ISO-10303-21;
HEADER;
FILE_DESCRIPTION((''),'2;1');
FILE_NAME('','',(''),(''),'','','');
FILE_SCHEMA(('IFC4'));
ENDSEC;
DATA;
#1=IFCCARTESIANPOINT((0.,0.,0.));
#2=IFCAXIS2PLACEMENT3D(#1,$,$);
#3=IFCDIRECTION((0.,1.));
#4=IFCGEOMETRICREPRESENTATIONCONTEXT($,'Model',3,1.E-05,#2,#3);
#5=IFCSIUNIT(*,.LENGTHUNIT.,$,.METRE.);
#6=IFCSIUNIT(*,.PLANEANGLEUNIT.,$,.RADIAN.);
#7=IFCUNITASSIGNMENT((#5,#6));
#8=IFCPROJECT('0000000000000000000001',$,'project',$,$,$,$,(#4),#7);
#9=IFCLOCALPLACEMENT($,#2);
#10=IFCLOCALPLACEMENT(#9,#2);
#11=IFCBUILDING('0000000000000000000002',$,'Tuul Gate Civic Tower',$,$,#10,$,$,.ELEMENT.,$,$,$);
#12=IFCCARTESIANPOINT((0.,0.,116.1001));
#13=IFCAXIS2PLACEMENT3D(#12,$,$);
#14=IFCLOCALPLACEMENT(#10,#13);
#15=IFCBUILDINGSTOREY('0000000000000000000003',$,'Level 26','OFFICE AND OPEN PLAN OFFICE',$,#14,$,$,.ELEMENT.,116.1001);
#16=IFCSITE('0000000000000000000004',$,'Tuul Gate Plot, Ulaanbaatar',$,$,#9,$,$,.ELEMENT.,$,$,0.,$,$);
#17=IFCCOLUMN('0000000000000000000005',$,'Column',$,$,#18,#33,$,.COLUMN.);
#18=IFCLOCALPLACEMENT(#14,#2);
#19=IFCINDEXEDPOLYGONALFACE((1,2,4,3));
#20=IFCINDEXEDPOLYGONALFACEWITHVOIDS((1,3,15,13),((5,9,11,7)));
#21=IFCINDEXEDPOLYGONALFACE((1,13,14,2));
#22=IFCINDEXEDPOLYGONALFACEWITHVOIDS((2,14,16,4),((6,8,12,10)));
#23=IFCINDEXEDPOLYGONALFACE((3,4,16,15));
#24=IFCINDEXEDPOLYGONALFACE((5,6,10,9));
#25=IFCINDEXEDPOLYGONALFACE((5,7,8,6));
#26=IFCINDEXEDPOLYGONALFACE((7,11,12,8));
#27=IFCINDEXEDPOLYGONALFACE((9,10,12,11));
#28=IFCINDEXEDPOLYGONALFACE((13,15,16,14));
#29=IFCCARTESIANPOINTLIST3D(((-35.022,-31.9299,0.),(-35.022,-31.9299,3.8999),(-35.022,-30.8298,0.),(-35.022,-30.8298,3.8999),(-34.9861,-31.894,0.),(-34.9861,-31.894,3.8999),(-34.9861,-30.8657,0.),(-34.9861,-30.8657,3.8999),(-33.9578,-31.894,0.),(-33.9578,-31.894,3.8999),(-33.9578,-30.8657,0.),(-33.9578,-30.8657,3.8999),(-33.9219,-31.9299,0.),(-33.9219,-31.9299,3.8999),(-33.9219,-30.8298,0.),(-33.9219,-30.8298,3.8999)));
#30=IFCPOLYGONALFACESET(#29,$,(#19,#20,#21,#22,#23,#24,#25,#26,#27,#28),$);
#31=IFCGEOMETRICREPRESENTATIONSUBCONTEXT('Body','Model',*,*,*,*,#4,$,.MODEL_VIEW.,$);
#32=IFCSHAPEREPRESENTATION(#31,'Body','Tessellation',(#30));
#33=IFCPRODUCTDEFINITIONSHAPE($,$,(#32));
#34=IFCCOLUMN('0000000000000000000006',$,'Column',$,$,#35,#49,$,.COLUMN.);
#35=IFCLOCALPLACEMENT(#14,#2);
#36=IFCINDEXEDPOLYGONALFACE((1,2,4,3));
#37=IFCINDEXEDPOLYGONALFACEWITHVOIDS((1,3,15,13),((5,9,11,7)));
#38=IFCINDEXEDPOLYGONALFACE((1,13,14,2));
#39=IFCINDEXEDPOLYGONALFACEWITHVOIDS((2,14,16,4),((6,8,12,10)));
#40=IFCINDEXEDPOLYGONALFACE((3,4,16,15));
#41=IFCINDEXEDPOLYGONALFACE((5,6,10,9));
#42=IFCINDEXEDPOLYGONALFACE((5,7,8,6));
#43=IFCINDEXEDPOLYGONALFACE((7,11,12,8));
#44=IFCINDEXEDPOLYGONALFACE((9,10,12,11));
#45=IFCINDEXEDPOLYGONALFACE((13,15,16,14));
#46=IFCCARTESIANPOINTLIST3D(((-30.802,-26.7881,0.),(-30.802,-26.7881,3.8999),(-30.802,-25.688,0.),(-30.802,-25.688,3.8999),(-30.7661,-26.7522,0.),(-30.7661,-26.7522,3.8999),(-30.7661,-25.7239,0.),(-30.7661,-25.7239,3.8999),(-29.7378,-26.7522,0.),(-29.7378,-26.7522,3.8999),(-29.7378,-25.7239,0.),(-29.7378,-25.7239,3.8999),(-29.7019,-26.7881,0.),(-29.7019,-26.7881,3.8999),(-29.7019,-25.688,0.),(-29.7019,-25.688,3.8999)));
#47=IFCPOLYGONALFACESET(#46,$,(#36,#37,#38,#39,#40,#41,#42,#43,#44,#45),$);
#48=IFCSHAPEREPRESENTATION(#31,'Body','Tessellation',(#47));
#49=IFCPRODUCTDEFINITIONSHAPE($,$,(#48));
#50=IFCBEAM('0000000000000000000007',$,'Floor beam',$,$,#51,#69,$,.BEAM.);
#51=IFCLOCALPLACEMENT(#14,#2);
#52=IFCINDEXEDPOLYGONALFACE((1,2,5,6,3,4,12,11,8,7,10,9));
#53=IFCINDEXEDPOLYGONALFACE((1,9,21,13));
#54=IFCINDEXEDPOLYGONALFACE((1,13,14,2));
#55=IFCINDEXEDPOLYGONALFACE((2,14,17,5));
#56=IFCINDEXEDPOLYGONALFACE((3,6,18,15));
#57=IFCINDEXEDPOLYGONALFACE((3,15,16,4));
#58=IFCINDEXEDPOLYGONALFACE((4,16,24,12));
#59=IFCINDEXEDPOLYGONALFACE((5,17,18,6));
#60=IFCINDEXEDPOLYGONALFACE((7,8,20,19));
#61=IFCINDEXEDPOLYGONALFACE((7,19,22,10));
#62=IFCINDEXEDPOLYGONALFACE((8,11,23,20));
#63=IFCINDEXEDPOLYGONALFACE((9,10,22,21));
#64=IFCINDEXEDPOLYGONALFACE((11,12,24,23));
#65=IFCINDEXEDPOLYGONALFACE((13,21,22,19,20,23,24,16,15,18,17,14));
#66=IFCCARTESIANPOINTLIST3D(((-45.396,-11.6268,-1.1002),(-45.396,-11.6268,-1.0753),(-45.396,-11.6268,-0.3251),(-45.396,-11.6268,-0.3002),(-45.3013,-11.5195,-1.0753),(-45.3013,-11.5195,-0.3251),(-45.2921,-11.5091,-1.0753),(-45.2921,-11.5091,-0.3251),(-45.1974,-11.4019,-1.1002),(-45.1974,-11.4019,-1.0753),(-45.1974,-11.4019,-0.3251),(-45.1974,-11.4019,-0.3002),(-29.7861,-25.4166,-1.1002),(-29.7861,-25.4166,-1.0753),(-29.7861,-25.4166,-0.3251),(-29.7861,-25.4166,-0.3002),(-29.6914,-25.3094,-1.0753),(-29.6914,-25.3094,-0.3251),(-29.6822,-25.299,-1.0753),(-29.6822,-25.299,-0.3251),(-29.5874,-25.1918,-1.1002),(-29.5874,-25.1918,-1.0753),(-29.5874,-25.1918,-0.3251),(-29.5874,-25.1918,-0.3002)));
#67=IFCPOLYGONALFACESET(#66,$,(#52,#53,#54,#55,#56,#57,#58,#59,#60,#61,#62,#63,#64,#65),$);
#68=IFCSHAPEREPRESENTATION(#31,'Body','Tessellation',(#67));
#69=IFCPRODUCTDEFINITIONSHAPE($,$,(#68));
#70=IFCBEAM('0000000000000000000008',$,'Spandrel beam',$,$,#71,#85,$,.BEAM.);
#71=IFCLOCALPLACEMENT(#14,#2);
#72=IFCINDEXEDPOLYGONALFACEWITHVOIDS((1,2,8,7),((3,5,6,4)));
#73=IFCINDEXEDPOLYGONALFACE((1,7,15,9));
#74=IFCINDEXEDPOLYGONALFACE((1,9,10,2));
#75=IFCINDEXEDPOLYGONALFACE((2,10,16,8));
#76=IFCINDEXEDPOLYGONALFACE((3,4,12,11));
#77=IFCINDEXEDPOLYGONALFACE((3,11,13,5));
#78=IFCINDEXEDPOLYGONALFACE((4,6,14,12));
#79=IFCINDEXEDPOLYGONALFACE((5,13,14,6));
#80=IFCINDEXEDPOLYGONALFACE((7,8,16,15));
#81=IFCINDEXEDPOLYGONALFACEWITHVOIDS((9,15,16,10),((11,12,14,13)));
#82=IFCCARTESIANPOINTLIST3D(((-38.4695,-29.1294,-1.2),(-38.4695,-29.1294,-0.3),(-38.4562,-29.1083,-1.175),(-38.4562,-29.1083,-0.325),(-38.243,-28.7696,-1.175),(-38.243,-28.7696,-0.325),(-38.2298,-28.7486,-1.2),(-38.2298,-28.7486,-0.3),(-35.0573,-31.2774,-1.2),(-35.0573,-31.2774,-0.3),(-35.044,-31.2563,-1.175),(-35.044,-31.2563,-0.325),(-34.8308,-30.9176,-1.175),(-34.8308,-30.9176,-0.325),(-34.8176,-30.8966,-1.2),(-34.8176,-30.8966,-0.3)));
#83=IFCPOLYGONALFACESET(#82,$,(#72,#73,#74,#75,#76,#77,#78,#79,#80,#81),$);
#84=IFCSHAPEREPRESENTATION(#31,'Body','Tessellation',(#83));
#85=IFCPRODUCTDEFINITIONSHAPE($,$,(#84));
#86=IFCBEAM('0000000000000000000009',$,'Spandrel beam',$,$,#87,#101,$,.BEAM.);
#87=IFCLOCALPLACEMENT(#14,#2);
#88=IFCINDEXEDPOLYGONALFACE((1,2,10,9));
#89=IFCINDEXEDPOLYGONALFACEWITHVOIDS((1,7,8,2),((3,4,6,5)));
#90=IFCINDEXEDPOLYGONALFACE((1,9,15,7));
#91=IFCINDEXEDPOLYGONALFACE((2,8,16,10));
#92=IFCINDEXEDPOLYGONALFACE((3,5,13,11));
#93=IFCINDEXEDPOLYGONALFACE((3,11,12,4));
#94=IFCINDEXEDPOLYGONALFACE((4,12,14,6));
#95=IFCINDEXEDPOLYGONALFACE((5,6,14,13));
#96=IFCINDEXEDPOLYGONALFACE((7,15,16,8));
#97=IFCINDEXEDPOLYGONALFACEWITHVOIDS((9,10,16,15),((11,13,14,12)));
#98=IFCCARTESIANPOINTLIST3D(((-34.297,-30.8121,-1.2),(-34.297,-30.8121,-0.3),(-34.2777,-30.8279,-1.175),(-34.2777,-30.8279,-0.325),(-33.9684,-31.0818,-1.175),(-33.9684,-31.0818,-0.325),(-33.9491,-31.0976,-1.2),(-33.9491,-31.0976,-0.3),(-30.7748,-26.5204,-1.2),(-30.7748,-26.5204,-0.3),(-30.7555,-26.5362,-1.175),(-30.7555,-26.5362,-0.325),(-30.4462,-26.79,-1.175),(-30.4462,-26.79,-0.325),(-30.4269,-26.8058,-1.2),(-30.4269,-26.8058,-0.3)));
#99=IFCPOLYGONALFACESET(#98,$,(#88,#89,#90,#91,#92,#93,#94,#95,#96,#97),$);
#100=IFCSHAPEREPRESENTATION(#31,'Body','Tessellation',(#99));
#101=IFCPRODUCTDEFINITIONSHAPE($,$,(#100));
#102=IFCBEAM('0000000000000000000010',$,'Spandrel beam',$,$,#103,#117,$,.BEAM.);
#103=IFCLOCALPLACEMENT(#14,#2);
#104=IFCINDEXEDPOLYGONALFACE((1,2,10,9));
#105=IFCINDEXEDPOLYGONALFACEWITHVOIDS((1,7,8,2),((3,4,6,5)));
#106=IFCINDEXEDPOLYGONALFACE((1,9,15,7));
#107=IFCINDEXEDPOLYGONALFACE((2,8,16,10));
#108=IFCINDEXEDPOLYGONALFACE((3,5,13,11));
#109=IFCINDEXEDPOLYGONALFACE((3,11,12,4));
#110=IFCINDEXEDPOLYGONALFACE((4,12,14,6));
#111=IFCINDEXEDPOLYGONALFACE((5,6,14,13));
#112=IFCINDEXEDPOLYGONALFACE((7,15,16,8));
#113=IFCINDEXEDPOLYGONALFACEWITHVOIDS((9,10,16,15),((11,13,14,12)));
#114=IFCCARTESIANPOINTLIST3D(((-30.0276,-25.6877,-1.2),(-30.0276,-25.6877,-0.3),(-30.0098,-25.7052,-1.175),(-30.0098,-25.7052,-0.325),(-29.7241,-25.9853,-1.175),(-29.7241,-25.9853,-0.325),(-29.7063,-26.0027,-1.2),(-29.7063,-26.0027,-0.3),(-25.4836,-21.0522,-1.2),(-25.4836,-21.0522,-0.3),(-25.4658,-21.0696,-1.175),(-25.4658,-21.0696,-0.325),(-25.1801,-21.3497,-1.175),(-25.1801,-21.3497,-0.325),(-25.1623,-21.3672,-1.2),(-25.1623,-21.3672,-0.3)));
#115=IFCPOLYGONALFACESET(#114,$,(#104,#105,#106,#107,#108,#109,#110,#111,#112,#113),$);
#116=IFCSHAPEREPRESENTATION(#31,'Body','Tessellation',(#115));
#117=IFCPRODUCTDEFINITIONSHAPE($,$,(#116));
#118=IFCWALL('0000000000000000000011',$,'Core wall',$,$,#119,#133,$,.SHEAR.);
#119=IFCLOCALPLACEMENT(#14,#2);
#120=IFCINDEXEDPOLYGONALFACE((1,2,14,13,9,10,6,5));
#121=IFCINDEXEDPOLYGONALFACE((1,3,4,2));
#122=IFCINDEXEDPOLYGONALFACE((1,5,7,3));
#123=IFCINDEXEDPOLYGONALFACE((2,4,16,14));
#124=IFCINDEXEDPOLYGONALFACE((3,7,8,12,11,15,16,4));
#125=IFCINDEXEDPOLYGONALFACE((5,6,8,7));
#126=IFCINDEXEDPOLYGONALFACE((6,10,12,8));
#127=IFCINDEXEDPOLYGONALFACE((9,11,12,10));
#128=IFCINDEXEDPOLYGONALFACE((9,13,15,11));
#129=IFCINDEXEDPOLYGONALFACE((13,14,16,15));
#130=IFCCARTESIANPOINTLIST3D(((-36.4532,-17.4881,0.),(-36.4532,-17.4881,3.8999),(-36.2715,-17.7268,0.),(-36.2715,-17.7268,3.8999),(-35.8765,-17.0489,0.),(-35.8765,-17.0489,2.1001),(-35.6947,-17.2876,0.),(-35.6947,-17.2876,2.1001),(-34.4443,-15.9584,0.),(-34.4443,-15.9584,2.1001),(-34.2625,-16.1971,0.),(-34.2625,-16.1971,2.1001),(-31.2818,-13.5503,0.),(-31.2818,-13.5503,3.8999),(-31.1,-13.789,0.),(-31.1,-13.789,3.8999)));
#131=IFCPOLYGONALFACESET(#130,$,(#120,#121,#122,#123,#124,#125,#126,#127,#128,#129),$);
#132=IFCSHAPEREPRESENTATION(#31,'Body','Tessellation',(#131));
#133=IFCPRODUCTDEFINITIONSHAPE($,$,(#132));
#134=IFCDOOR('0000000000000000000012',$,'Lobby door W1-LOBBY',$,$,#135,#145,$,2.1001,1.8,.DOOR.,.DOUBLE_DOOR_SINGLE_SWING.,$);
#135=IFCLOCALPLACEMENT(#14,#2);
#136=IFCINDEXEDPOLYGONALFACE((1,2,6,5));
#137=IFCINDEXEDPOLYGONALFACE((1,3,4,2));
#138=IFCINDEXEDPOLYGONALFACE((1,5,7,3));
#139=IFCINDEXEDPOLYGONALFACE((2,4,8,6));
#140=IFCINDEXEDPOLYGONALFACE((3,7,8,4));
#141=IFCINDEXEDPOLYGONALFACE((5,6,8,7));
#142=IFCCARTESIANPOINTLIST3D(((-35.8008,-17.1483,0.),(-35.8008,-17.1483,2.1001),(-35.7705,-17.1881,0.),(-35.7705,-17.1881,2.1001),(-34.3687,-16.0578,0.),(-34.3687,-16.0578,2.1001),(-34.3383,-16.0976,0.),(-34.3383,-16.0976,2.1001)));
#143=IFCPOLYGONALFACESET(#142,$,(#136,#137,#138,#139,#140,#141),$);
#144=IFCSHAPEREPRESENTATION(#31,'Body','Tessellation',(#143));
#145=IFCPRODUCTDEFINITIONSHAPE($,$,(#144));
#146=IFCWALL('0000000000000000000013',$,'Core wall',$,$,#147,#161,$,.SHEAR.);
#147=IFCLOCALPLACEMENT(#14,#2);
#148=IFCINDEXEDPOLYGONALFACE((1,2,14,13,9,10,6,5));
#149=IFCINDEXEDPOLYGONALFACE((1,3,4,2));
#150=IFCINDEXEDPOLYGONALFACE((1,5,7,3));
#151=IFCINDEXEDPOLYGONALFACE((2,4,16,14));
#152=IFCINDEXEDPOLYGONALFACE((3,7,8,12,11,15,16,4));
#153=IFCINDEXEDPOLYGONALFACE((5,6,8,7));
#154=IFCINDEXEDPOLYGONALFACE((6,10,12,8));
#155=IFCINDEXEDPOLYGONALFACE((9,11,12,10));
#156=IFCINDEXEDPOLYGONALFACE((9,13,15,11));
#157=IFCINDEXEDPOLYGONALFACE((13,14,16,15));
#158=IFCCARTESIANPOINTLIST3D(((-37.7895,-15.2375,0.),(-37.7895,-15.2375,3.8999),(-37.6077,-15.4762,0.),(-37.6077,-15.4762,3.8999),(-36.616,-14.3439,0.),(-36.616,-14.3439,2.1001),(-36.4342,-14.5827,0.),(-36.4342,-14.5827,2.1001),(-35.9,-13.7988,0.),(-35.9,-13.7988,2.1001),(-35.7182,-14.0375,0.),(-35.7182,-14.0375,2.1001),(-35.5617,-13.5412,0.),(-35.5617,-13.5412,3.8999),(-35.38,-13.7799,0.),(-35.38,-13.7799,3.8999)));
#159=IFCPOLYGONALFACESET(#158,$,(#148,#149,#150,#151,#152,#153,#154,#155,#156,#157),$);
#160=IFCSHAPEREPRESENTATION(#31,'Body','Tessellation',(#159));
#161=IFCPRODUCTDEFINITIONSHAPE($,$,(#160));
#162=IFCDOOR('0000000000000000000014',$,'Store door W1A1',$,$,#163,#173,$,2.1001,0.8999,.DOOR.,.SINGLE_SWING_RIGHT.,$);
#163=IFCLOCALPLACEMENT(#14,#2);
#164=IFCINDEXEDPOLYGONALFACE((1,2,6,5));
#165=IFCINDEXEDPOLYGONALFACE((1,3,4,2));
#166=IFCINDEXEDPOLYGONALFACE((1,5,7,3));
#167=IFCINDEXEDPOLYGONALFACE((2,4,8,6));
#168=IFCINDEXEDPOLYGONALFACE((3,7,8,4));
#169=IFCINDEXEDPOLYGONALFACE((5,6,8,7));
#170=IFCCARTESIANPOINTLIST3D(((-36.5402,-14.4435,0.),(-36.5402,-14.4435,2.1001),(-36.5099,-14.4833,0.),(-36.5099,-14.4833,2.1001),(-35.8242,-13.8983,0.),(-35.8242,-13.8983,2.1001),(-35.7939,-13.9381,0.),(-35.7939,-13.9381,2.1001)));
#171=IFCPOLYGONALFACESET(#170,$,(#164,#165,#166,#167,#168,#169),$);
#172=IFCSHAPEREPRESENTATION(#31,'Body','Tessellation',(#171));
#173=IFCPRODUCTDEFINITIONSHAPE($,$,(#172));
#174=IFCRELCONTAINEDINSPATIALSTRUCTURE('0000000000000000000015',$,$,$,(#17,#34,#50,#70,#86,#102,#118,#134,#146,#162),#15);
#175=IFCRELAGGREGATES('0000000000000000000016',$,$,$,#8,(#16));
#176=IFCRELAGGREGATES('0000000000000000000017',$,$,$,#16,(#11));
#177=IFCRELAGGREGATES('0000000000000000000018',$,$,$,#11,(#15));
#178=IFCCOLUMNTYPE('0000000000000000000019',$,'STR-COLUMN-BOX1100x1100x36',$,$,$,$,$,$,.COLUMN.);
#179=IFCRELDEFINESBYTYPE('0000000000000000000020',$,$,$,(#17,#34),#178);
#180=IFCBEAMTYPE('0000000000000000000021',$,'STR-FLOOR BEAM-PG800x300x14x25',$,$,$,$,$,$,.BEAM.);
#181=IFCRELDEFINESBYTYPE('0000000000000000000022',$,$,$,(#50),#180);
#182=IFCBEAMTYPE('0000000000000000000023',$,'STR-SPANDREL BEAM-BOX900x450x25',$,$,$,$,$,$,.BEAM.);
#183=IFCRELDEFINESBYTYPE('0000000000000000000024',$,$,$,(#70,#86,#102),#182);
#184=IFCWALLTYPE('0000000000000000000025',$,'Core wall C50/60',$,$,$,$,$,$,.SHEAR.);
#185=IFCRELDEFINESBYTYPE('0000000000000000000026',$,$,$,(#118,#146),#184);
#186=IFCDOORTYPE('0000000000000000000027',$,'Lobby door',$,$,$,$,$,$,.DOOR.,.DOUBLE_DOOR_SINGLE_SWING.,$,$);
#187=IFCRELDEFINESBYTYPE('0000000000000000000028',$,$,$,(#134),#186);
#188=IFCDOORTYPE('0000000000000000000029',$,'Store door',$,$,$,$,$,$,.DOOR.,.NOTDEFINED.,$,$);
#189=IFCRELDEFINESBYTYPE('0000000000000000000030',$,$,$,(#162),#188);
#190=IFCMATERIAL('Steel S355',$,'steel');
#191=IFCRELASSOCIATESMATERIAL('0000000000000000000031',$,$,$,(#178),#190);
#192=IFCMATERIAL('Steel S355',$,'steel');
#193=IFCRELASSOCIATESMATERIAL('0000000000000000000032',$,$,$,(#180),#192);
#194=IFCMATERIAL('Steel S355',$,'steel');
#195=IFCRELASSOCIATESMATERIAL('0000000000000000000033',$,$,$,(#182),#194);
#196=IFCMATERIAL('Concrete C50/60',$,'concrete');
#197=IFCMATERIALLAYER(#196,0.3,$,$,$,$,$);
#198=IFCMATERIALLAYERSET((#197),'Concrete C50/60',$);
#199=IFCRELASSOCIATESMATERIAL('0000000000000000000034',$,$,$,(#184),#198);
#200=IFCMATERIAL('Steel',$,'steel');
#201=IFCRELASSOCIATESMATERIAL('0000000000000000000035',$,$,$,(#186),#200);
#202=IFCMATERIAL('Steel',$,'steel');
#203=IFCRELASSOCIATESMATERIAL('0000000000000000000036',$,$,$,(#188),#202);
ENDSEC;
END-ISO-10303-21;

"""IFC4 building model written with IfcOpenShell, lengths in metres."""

from ifc_helpers import new_model, si_unit, direction, frame, frame_2d, origin, origin_2d, place, context, subcontext, project, spatial, rectangle, hollow_rectangle, i_section, extrude, material, layer, layer_set, material_profile, profile_set, type_object, element, fill, save


model = new_model("IFC4")

# Units and contexts
model_context = context("Model", 3, precision=1e-05, world=origin(), true_north=direction((0.0, 1.0)))
body_context = subcontext(model_context, "Body", "Model", "MODEL_VIEW")
ifc_project = project(units=[si_unit("LENGTHUNIT", "METRE"), si_unit("PLANEANGLEUNIT", "RADIAN")], contexts=[model_context])

# Site, building, storey
site_placement = place(None, origin())
site = spatial("IfcSite", under=ifc_project, at=site_placement, Name="Tuul Gate Plot, Ulaanbaatar", CompositionType="ELEMENT", RefElevation=0.0)
building_placement = place(site_placement, origin())
building = spatial("IfcBuilding", under=site, at=building_placement, Name="Tuul Gate Civic Tower", CompositionType="ELEMENT")
storey_placement = place(building_placement, frame((0.0, 0.0, 116.1001)))
storey = spatial("IfcBuildingStorey", under=building, at=storey_placement, Name="Level 26", Description="OFFICE AND OPEN PLAN OFFICE", CompositionType="ELEMENT", Elevation=116.1001)

# Columns
ifc_material_1 = material(Name="Steel S355", Category="steel")
ifc_material_profile_1 = material_profile(ifc_material_1, hollow_rectangle(XDim=1.1001, YDim=1.1001, WallThickness=0.0359, at=origin_2d()), Name="BOX1100x1100x36")
ifc_profile_set_1 = profile_set([ifc_material_profile_1], Name="Steel S355")
column_type = type_object("IfcColumnType", Name="STR-COLUMN-BOX1100x1100x36", PredefinedType="COLUMN", material=ifc_profile_set_1)
for number, where, z_axis, x_axis, name in (
    (1, (-34.4719, -31.3799, 0.0), (0.0, 0.0, 1.0), (1.0, 0.0, 0.0), "Column"),
    (2, (-30.252, -26.238, 0.0), (0.0, 0.0, 1.0), (1.0, 0.0, 0.0), "Column"),
):
    element("IfcColumn", number, at=place(storey_placement, frame(where, z_axis=z_axis, x_axis=x_axis)), inside=storey, type_object=column_type, Name=name, PredefinedType="COLUMN", context=body_context, shape_type="SweptSolid", body=[
        extrude(hollow_rectangle(XDim=1.1001, YDim=1.1001, WallThickness=0.0359, at=origin_2d()), origin(), (0.0, 0.0, 1.0), 3.8999),
    ])

# Beams
ifc_material_2 = material(Name="Steel S355", Category="steel")
ifc_material_profile_2 = material_profile(ifc_material_2, i_section(OverallWidth=0.3, OverallDepth=0.8, WebThickness=0.0139, FlangeThickness=0.0249, at=origin_2d()), Name="PG800x300x14x25")
ifc_profile_set_2 = profile_set([ifc_material_profile_2], Name="Steel S355")
beam_type_1 = type_object("IfcBeamType", Name="STR-FLOOR BEAM-PG800x300x14x25", PredefinedType="BEAM", material=ifc_profile_set_2)
beam_1_placement = place(storey_placement, frame((-29.6868, -25.3042, -0.7002), z_axis=(-0.749447, 0.662064, 0.0), x_axis=(-0.662064, -0.749447, 0.0)))
element("IfcBeam", 3, at=beam_1_placement, inside=storey, type_object=beam_type_1, Name="Floor beam", PredefinedType="BEAM", context=body_context, shape_type="SweptSolid", body=[
    extrude(i_section(OverallWidth=0.3, OverallDepth=0.8, WebThickness=0.0139, FlangeThickness=0.0249, at=origin_2d()), origin(), (0.0, 0.0, 1.0), 20.8286),
])
ifc_material_3 = material(Name="Steel S355", Category="steel")
ifc_material_profile_3 = material_profile(ifc_material_3, hollow_rectangle(XDim=0.45, YDim=0.8999, WallThickness=0.0249, at=origin_2d()), Name="BOX900x450x25")
ifc_profile_set_3 = profile_set([ifc_material_profile_3], Name="Steel S355")
beam_type_2 = type_object("IfcBeamType", Name="STR-SPANDREL BEAM-BOX900x450x25", PredefinedType="BEAM", material=ifc_profile_set_3)
beam_2_placement = place(storey_placement, frame((-38.3496, -28.939, -0.75), z_axis=(0.846279, -0.532739, 0.0), x_axis=(0.532739, 0.846279, 0.0)))
element("IfcBeam", 4, at=beam_2_placement, inside=storey, type_object=beam_type_2, Name="Spandrel beam", PredefinedType="BEAM", context=body_context, shape_type="SweptSolid", body=[
    extrude(hollow_rectangle(XDim=0.45, YDim=0.8999, WallThickness=0.0249, at=origin_2d()), origin(), (0.0, 0.0, 1.0), 4.032),
])
beam_3_placement = place(storey_placement, frame((-34.123, -30.9548, -0.75), z_axis=(0.634401, 0.773004, 0.0), x_axis=(-0.773004, 0.634401, 0.0)))
element("IfcBeam", 5, at=beam_3_placement, inside=storey, type_object=beam_type_2, Name="Spandrel beam", PredefinedType="BEAM", context=body_context, shape_type="SweptSolid", body=[
    extrude(hollow_rectangle(XDim=0.45, YDim=0.8999, WallThickness=0.0249, at=origin_2d()), origin(), (0.0, 0.0, 1.0), 5.552),
])
beam_4_placement = place(storey_placement, frame((-29.8669, -25.8452, -0.75), z_axis=(0.70002, 0.714124, 0.0), x_axis=(-0.714124, 0.70002, 0.0)))
element("IfcBeam", 6, at=beam_4_placement, inside=storey, type_object=beam_type_2, Name="Spandrel beam", PredefinedType="BEAM", context=body_context, shape_type="SweptSolid", body=[
    extrude(hollow_rectangle(XDim=0.45, YDim=0.8999, WallThickness=0.0249, at=origin_2d()), origin(), (0.0, 0.0, 1.0), 6.4912),
])

# Walls, openings, doors
ifc_material_4 = material(Name="Concrete C50/60", Category="concrete")
ifc_layer_1 = layer(ifc_material_4, 0.3)
ifc_layer_set_1 = layer_set([ifc_layer_1], Name="Concrete C50/60")
wall_type_1 = type_object("IfcWallType", Name="Core wall C50/60", PredefinedType="SHEAR", material=ifc_layer_set_1)
wall_1_placement = place(storey_placement, frame((-31.1909, -13.6697, 0.0), z_axis=(0.0, 0.0, 1.0), x_axis=(-0.795607, -0.605813, 0.0)))
wall_1 = element("IfcWall", 7, at=wall_1_placement, inside=storey, type_object=wall_type_1, Name="Core wall", PredefinedType="SHEAR", context=body_context, shape_type="SweptSolid", body=[
    extrude(rectangle(XDim=6.5, YDim=0.3, at=frame_2d((3.25, 0.0))), origin(), (0.0, 0.0, 1.0), 3.8999),
])
opening_1_placement = place(wall_1_placement, frame((3.9751, 0.0, 0.0)))
opening_1 = element("IfcOpeningElement", 8, at=opening_1_placement, cuts=wall_1, PredefinedType="OPENING", context=body_context, shape_type="SweptSolid", body=[
    extrude(rectangle(XDim=1.8, YDim=2.1001, at=frame_2d((0.8999, 1.05))), frame((0.0, 0.1602, 0.0), z_axis=(0.0, -1.0, 0.0), x_axis=(1.0, 0.0, 0.0)), (0.0, 0.0, 1.0), 0.3201),
])
ifc_material_5 = material(Name="Steel", Category="steel")
door_type_1 = type_object("IfcDoorType", Name="Lobby door", OperationType="DOUBLE_DOOR_SINGLE_SWING", PredefinedType="DOOR", material=ifc_material_5)
door_1_placement = place(opening_1_placement, origin())
door_1 = element("IfcDoor", 9, at=door_1_placement, inside=storey, type_object=door_type_1, Name="Lobby door W1-LOBBY", OperationType="DOUBLE_DOOR_SINGLE_SWING", OverallHeight=2.1001, OverallWidth=1.8, PredefinedType="DOOR", context=body_context, shape_type="SweptSolid", body=[
    extrude(rectangle(XDim=1.8, YDim=2.1001, at=frame_2d((0.8999, 1.05))), frame((0.0, 0.0249, 0.0), z_axis=(0.0, -1.0, 0.0), x_axis=(1.0, 0.0, 0.0)), (0.0, 0.0, 1.0), 0.05),
])
fill(opening_1, door_1)
wall_2_placement = place(storey_placement, frame((-35.4709, -13.6606, 0.0), z_axis=(0.0, 0.0, 1.0), x_axis=(-0.795616, -0.605802, 0.0)))
wall_2 = element("IfcWall", 10, at=wall_2_placement, inside=storey, type_object=wall_type_1, Name="Core wall", PredefinedType="SHEAR", context=body_context, shape_type="SweptSolid", body=[
    extrude(rectangle(XDim=2.8, YDim=0.3, at=frame_2d((1.3999, 0.0))), origin(), (0.0, 0.0, 1.0), 3.8999),
])
opening_2_placement = place(wall_2_placement, frame((0.425, 0.0, 0.0)))
opening_2 = element("IfcOpeningElement", 11, at=opening_2_placement, cuts=wall_2, PredefinedType="OPENING", context=body_context, shape_type="SweptSolid", body=[
    extrude(rectangle(XDim=0.8999, YDim=2.1001, at=frame_2d((0.45, 1.05))), frame((0.0, 0.1602, 0.0), z_axis=(0.0, -1.0, 0.0), x_axis=(1.0, 0.0, 0.0)), (0.0, 0.0, 1.0), 0.3201),
])
ifc_material_6 = material(Name="Steel", Category="steel")
door_type_2 = type_object("IfcDoorType", Name="Store door", OperationType="NOTDEFINED", PredefinedType="DOOR", material=ifc_material_6)
door_2_placement = place(opening_2_placement, frame((0.8999, 0.0, 0.0), z_axis=(0.0, 0.0, 1.0), x_axis=(-1.0, 0.0, 0.0)))
door_2 = element("IfcDoor", 12, at=door_2_placement, inside=storey, type_object=door_type_2, Name="Store door W1A1", OperationType="SINGLE_SWING_RIGHT", OverallHeight=2.1001, OverallWidth=0.8999, PredefinedType="DOOR", context=body_context, shape_type="SweptSolid", body=[
    extrude(rectangle(XDim=0.8999, YDim=2.1001, at=frame_2d((0.45, 1.05))), frame((0.0, 0.0249, 0.0), z_axis=(0.0, -1.0, 0.0), x_axis=(1.0, 0.0, 0.0)), (0.0, 0.0, 1.0), 0.05),
])
fill(opening_2, door_2)

save(model, "model.ifc")
